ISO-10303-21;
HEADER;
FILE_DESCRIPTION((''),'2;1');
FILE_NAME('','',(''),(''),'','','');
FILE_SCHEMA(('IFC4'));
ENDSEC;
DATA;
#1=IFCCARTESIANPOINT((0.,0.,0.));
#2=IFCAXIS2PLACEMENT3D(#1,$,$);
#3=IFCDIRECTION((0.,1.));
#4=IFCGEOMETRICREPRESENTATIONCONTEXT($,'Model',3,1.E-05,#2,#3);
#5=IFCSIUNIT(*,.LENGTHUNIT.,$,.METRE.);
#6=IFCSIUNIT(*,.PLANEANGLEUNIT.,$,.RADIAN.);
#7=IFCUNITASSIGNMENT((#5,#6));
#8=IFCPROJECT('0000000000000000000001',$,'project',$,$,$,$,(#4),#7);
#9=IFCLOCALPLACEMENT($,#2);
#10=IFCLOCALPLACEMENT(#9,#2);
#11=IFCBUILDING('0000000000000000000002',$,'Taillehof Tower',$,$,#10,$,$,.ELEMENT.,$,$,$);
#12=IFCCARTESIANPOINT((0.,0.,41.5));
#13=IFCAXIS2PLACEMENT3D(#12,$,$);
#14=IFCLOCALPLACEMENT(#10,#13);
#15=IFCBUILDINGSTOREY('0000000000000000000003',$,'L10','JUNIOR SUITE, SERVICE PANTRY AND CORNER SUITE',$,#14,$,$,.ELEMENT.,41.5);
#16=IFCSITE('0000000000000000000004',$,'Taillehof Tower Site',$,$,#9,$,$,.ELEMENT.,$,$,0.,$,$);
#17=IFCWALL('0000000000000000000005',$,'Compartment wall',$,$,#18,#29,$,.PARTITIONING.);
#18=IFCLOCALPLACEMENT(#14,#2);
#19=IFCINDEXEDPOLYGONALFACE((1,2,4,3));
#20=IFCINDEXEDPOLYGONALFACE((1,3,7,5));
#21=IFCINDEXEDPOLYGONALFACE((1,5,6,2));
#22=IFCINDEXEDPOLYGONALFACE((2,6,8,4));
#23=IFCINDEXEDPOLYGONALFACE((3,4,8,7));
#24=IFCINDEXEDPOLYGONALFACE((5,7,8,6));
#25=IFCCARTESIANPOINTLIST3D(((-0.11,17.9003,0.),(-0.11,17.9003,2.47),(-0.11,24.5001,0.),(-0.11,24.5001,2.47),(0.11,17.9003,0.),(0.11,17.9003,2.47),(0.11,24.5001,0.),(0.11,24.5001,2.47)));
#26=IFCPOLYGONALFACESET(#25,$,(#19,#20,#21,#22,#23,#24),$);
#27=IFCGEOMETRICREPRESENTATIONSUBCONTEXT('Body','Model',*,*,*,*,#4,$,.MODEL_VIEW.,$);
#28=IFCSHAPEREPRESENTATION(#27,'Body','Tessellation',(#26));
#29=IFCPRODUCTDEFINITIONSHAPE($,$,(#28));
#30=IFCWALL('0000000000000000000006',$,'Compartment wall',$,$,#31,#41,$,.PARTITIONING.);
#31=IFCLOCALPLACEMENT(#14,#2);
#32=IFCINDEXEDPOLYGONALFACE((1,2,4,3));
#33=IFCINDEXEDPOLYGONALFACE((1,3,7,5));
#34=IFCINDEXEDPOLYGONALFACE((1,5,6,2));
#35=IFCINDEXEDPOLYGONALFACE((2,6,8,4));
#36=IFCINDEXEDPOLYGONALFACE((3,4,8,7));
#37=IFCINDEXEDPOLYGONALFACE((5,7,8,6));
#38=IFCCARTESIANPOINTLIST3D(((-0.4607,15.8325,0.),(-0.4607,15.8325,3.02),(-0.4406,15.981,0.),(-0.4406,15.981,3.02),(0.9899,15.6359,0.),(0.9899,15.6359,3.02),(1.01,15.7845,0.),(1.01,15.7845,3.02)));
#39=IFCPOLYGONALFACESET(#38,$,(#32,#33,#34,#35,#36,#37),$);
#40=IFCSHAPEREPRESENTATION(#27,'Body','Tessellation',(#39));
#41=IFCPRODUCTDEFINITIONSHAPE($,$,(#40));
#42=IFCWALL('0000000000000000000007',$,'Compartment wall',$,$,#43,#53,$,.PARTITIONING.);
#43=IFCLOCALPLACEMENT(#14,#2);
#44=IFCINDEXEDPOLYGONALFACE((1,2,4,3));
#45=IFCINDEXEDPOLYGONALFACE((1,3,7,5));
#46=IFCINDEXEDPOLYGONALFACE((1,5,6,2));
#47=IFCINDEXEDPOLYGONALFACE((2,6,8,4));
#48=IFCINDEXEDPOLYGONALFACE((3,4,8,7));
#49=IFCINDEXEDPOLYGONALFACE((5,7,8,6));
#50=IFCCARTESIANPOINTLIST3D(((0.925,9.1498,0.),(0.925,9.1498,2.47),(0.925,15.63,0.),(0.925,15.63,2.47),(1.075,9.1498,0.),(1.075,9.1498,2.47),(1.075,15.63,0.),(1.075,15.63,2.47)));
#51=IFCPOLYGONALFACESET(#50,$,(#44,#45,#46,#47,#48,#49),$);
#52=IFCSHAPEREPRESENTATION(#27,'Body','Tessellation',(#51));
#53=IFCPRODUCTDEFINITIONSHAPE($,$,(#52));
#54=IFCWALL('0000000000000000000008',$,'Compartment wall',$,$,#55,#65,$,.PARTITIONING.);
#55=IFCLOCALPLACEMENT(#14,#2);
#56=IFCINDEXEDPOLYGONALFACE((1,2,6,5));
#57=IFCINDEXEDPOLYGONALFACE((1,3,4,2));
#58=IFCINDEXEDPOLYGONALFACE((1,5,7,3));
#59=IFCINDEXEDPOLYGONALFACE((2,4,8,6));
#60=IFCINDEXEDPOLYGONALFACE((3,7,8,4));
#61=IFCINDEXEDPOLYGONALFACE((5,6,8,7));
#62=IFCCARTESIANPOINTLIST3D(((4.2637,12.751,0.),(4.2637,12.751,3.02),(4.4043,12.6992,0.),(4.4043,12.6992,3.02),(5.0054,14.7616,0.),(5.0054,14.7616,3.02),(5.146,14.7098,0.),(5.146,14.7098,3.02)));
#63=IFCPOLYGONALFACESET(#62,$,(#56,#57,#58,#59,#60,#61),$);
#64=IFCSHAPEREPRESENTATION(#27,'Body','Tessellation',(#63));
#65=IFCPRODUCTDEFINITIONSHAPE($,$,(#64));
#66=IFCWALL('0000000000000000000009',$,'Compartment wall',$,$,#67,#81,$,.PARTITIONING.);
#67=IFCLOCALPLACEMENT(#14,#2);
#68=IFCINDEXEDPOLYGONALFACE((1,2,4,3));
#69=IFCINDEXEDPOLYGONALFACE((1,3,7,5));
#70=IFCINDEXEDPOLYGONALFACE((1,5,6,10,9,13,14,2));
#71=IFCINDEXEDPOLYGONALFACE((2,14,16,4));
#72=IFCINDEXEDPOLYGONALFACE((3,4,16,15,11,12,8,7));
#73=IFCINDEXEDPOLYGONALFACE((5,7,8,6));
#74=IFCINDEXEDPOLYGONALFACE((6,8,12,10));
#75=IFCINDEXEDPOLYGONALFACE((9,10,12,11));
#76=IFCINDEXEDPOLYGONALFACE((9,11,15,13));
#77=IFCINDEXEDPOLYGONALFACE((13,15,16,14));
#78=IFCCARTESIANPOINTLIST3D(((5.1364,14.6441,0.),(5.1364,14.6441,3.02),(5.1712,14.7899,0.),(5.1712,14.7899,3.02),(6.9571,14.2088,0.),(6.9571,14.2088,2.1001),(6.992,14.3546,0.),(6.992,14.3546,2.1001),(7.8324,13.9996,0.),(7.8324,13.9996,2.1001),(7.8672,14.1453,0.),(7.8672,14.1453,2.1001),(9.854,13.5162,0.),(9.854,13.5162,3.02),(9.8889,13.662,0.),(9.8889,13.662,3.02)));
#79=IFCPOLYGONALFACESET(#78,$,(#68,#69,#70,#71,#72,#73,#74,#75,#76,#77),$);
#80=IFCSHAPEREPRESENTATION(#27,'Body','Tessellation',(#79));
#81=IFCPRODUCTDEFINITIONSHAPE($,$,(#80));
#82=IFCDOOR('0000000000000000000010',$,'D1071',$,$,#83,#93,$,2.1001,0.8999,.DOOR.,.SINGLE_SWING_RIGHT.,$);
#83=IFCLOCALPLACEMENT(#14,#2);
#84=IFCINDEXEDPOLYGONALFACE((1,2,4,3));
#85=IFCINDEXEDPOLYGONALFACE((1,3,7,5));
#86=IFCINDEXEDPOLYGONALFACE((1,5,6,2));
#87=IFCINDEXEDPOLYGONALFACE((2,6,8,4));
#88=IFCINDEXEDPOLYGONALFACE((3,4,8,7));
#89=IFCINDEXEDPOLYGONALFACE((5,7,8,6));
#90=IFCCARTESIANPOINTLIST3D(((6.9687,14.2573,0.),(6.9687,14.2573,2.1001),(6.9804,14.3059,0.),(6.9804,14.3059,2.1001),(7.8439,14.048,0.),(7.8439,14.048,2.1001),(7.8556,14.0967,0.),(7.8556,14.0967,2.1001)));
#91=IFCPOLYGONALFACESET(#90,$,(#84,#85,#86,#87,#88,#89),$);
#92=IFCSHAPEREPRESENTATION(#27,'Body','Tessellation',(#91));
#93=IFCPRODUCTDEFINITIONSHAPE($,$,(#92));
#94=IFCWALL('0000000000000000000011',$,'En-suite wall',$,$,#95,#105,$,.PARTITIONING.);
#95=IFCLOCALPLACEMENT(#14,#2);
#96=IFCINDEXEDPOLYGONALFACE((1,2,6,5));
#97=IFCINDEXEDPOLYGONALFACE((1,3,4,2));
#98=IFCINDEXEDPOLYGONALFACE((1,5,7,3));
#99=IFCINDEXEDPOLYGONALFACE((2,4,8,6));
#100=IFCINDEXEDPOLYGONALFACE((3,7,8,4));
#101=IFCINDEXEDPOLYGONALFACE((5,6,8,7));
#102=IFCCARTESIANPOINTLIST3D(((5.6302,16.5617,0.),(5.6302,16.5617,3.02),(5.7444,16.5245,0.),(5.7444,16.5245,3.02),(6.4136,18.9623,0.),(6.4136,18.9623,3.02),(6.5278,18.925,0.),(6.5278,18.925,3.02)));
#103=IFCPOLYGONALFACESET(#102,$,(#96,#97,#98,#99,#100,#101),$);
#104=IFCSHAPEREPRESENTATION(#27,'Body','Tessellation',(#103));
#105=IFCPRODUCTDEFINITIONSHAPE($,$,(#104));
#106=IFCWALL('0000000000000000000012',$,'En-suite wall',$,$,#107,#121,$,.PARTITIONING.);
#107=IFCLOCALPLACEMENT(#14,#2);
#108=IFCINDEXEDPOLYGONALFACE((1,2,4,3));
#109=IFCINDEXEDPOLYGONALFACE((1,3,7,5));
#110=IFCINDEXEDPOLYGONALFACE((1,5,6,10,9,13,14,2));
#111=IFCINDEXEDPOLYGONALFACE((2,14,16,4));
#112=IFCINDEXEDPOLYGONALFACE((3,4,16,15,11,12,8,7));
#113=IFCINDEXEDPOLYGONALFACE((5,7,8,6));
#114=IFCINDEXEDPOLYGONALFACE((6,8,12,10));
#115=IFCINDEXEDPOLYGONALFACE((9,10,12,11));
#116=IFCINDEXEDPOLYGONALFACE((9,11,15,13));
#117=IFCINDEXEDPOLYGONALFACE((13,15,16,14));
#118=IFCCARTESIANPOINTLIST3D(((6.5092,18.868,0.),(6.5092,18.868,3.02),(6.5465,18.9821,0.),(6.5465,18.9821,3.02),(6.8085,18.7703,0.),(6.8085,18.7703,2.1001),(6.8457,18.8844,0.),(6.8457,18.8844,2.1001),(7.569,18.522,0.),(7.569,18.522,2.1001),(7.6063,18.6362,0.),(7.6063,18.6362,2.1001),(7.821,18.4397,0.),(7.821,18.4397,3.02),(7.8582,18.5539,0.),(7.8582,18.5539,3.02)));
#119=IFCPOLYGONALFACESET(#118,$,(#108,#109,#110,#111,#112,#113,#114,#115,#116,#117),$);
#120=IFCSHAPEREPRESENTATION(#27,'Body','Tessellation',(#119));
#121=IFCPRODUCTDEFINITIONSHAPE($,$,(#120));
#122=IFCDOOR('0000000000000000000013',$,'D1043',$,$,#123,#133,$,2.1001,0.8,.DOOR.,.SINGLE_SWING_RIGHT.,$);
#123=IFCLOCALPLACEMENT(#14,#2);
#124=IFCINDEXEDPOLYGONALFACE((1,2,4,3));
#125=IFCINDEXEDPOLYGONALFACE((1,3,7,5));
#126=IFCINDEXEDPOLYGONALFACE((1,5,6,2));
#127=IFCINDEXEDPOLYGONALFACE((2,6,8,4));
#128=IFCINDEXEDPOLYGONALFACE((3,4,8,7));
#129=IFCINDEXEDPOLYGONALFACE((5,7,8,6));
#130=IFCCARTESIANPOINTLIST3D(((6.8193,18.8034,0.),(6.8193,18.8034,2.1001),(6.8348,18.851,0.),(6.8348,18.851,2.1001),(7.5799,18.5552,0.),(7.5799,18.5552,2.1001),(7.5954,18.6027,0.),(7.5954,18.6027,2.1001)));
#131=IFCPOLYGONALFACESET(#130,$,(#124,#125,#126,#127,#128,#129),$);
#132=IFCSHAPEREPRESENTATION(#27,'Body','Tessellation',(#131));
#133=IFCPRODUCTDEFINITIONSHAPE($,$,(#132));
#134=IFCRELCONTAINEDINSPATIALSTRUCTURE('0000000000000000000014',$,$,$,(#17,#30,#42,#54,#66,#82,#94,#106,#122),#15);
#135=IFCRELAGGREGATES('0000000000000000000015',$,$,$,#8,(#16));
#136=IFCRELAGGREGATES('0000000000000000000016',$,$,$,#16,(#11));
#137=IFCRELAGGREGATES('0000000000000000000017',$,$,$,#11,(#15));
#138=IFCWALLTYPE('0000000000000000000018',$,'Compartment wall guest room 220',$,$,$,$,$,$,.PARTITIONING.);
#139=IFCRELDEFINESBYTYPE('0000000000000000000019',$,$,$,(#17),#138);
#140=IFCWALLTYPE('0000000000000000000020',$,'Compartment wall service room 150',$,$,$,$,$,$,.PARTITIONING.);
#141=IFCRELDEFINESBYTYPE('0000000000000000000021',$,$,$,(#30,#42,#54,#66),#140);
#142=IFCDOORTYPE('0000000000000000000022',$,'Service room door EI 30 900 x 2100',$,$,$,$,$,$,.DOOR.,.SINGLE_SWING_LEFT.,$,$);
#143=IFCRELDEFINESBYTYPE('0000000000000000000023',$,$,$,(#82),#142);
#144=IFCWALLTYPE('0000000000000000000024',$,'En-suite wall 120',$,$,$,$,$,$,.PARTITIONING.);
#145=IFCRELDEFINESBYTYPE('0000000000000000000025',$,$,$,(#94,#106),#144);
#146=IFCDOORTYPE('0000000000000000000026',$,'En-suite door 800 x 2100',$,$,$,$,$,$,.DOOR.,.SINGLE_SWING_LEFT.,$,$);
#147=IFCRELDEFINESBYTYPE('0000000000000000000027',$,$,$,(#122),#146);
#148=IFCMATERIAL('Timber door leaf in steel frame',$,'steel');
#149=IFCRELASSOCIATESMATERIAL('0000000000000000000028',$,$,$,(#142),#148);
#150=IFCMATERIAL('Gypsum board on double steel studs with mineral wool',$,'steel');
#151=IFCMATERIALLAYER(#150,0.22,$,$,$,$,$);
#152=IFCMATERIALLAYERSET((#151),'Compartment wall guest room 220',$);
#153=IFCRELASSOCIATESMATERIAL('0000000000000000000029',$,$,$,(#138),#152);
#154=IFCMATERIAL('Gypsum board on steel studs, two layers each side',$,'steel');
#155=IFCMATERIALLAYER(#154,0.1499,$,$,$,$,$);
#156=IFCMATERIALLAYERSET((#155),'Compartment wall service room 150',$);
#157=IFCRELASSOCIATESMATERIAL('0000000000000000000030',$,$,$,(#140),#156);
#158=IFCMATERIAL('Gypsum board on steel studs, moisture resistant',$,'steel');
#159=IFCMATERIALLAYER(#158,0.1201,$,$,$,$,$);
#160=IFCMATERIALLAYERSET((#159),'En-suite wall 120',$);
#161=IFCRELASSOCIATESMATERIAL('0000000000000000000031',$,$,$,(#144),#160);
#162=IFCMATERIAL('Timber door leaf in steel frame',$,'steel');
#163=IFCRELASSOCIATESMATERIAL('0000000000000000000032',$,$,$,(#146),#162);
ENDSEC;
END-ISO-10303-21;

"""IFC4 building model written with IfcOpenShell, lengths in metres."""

from ifc_helpers import new_model, si_unit, direction, frame, frame_2d, origin, place, context, subcontext, project, spatial, rectangle, extrude, material, layer, layer_set, type_object, element, fill, save


model = new_model("IFC4")

# Units and contexts
model_context = context("Model", 3, precision=1e-05, world=origin(), true_north=direction((0.0, 1.0)))
body_context = subcontext(model_context, "Body", "Model", "MODEL_VIEW")
ifc_project = project(units=[si_unit("LENGTHUNIT", "METRE"), si_unit("PLANEANGLEUNIT", "RADIAN")], contexts=[model_context])

# Site, building, storey
site_placement = place(None, origin())
site = spatial("IfcSite", under=ifc_project, at=site_placement, Name="Taillehof Tower Site", CompositionType="ELEMENT", RefElevation=0.0)
building_placement = place(site_placement, origin())
building = spatial("IfcBuilding", under=site, at=building_placement, Name="Taillehof Tower", CompositionType="ELEMENT")
storey_placement = place(building_placement, frame((0.0, 0.0, 41.5)))
storey = spatial("IfcBuildingStorey", under=building, at=storey_placement, Name="L10", Description="JUNIOR SUITE, SERVICE PANTRY AND CORNER SUITE", CompositionType="ELEMENT", Elevation=41.5)

# Shared definitions
ifc_material_1 = material(Name="Timber door leaf in steel frame", Category="steel")
door_type_1 = type_object("IfcDoorType", Name="Service room door EI 30 900 x 2100", OperationType="SINGLE_SWING_LEFT", PredefinedType="DOOR", material=ifc_material_1)

# Walls
ifc_material_2 = material(Name="Gypsum board on double steel studs with mineral wool", Category="steel")
ifc_layer_1 = layer(ifc_material_2, 0.22)
ifc_layer_set_1 = layer_set([ifc_layer_1], Name="Compartment wall guest room 220")
wall_type_1 = type_object("IfcWallType", Name="Compartment wall guest room 220", PredefinedType="PARTITIONING", material=ifc_layer_set_1)
wall_1_placement = place(storey_placement, frame((0.0, 24.5, 0.0), z_axis=(0.0, 0.0, 1.0), x_axis=(0.0, -1.0, 0.0)))
element("IfcWall", 1, at=wall_1_placement, inside=storey, type_object=wall_type_1, Name="Compartment wall", PredefinedType="PARTITIONING", context=body_context, shape_type="SweptSolid", body=[
    extrude(rectangle(XDim=6.5999, YDim=0.22, at=frame_2d((3.2998, 0.0))), origin(), (0.0, 0.0, 1.0), 2.47),
])
ifc_material_3 = material(Name="Gypsum board on steel studs, two layers each side", Category="steel")
ifc_layer_2 = layer(ifc_material_3, 0.1499)
ifc_layer_set_2 = layer_set([ifc_layer_2], Name="Compartment wall service room 150")
wall_type_2 = type_object("IfcWallType", Name="Compartment wall service room 150", PredefinedType="PARTITIONING", material=ifc_layer_set_2)
wall_2_placement = place(storey_placement, frame((-0.4507, 15.9067, 0.0), z_axis=(0.0, 0.0, 1.0), x_axis=(0.990948, -0.13425, 0.0)))
element("IfcWall", 2, at=wall_2_placement, inside=storey, type_object=wall_type_2, Name="Compartment wall", PredefinedType="PARTITIONING", context=body_context, shape_type="SweptSolid", body=[
    extrude(rectangle(XDim=1.4639, YDim=0.1499, at=frame_2d((0.7319, 0.0))), origin(), (0.0, 0.0, 1.0), 3.02),
])
wall_3_placement = place(storey_placement, frame((1.0, 15.6301, 0.0), z_axis=(0.0, 0.0, 1.0), x_axis=(0.0, -1.0, 0.0)))
element("IfcWall", 3, at=wall_3_placement, inside=storey, type_object=wall_type_2, Name="Compartment wall", PredefinedType="PARTITIONING", context=body_context, shape_type="SweptSolid", body=[
    extrude(rectangle(XDim=6.4802, YDim=0.1499, at=frame_2d((3.2402, 0.0))), origin(), (0.0, 0.0, 1.0), 2.47),
])
wall_4_placement = place(storey_placement, frame((4.334, 12.7251, 0.0), z_axis=(0.0, 0.0, 1.0), x_axis=(0.346112, 0.938193, 0.0)))
element("IfcWall", 4, at=wall_4_placement, inside=storey, type_object=wall_type_2, Name="Compartment wall", PredefinedType="PARTITIONING", context=body_context, shape_type="SweptSolid", body=[
    extrude(rectangle(XDim=2.1431, YDim=0.1499, at=frame_2d((1.0715, 0.0))), origin(), (0.0, 0.0, 1.0), 3.02),
])

# Wall, opening, door
wall_5_placement = place(storey_placement, frame((5.1538, 14.717, 0.0), z_axis=(0.0, 0.0, 1.0), x_axis=(0.972587, -0.232539, 0.0)))
wall_5 = element("IfcWall", 5, at=wall_5_placement, inside=storey, type_object=wall_type_2, Name="Compartment wall", PredefinedType="PARTITIONING", context=body_context, shape_type="SweptSolid", body=[
    extrude(rectangle(XDim=4.8506, YDim=0.1499, at=frame_2d((2.4253, 0.0))), origin(), (0.0, 0.0, 1.0), 3.02),
])
opening_1_placement = place(wall_5_placement, frame((1.8721, 0.0, 0.0)))
opening_1 = element("IfcOpeningElement", 6, at=opening_1_placement, cuts=wall_5, PredefinedType="OPENING", context=body_context, shape_type="SweptSolid", body=[
    extrude(rectangle(XDim=0.8999, YDim=2.1001, at=frame_2d((0.45, 1.05))), frame((0.0, 0.085, 0.0), z_axis=(0.0, -1.0, 0.0), x_axis=(1.0, 0.0, 0.0)), (0.0, 0.0, 1.0), 0.1699),
])
door_1_placement = place(opening_1_placement, origin())
door_1 = element("IfcDoor", 7, at=door_1_placement, inside=storey, type_object=door_type_1, Name="D1071", OperationType="SINGLE_SWING_RIGHT", OverallHeight=2.1001, OverallWidth=0.8999, PredefinedType="DOOR", context=body_context, shape_type="SweptSolid", body=[
    extrude(rectangle(XDim=0.8999, YDim=2.1001, at=frame_2d((0.45, 1.05))), frame((0.0, 0.0249, 0.0), z_axis=(0.0, -1.0, 0.0), x_axis=(1.0, 0.0, 0.0)), (0.0, 0.0, 1.0), 0.05),
])
fill(opening_1, door_1)

# Wall
ifc_material_4 = material(Name="Gypsum board on steel studs, moisture resistant", Category="steel")
ifc_layer_3 = layer(ifc_material_4, 0.1201)
ifc_layer_set_3 = layer_set([ifc_layer_3], Name="En-suite wall 120")
wall_type_3 = type_object("IfcWallType", Name="En-suite wall 120", PredefinedType="PARTITIONING", material=ifc_layer_set_3)
wall_6_placement = place(storey_placement, frame((5.6873, 16.543, 0.0), z_axis=(0.0, 0.0, 1.0), x_axis=(0.310247, 0.950656, 0.0)))
element("IfcWall", 8, at=wall_6_placement, inside=storey, type_object=wall_type_3, Name="En-suite wall", PredefinedType="PARTITIONING", context=body_context, shape_type="SweptSolid", body=[
    extrude(rectangle(XDim=2.5251, YDim=0.1201, at=frame_2d((1.2627, 0.0))), origin(), (0.0, 0.0, 1.0), 3.02),
])

# Wall, opening, door
wall_7_placement = place(storey_placement, frame((6.5278, 18.925, 0.0), z_axis=(0.0, 0.0, 1.0), x_axis=(0.950629, -0.31033, 0.0)))
wall_7 = element("IfcWall", 9, at=wall_7_placement, inside=storey, type_object=wall_type_3, Name="En-suite wall", PredefinedType="PARTITIONING", context=body_context, shape_type="SweptSolid", body=[
    extrude(rectangle(XDim=1.3799, YDim=0.1201, at=frame_2d((0.6899, 0.0))), origin(), (0.0, 0.0, 1.0), 3.02),
])
opening_2_placement = place(wall_7_placement, frame((0.3149, 0.0, 0.0)))
opening_2 = element("IfcOpeningElement", 10, at=opening_2_placement, cuts=wall_7, PredefinedType="OPENING", context=body_context, shape_type="SweptSolid", body=[
    extrude(rectangle(XDim=0.8, YDim=2.1001, at=frame_2d((0.3999, 1.05))), frame((0.0, 0.0701, 0.0), z_axis=(0.0, -1.0, 0.0), x_axis=(1.0, 0.0, 0.0)), (0.0, 0.0, 1.0), 0.1401),
])
ifc_material_5 = material(Name="Timber door leaf in steel frame", Category="steel")
door_type_2 = type_object("IfcDoorType", Name="En-suite door 800 x 2100", OperationType="SINGLE_SWING_LEFT", PredefinedType="DOOR", material=ifc_material_5)
door_2_placement = place(opening_2_placement, origin())
door_2 = element("IfcDoor", 11, at=door_2_placement, inside=storey, type_object=door_type_2, Name="D1043", OperationType="SINGLE_SWING_RIGHT", OverallHeight=2.1001, OverallWidth=0.8, PredefinedType="DOOR", context=body_context, shape_type="SweptSolid", body=[
    extrude(rectangle(XDim=0.8, YDim=2.1001, at=frame_2d((0.3999, 1.05))), frame((0.0, 0.0249, 0.0), z_axis=(0.0, -1.0, 0.0), x_axis=(1.0, 0.0, 0.0)), (0.0, 0.0, 1.0), 0.05),
])
fill(opening_2, door_2)

save(model, "model.ifc")
